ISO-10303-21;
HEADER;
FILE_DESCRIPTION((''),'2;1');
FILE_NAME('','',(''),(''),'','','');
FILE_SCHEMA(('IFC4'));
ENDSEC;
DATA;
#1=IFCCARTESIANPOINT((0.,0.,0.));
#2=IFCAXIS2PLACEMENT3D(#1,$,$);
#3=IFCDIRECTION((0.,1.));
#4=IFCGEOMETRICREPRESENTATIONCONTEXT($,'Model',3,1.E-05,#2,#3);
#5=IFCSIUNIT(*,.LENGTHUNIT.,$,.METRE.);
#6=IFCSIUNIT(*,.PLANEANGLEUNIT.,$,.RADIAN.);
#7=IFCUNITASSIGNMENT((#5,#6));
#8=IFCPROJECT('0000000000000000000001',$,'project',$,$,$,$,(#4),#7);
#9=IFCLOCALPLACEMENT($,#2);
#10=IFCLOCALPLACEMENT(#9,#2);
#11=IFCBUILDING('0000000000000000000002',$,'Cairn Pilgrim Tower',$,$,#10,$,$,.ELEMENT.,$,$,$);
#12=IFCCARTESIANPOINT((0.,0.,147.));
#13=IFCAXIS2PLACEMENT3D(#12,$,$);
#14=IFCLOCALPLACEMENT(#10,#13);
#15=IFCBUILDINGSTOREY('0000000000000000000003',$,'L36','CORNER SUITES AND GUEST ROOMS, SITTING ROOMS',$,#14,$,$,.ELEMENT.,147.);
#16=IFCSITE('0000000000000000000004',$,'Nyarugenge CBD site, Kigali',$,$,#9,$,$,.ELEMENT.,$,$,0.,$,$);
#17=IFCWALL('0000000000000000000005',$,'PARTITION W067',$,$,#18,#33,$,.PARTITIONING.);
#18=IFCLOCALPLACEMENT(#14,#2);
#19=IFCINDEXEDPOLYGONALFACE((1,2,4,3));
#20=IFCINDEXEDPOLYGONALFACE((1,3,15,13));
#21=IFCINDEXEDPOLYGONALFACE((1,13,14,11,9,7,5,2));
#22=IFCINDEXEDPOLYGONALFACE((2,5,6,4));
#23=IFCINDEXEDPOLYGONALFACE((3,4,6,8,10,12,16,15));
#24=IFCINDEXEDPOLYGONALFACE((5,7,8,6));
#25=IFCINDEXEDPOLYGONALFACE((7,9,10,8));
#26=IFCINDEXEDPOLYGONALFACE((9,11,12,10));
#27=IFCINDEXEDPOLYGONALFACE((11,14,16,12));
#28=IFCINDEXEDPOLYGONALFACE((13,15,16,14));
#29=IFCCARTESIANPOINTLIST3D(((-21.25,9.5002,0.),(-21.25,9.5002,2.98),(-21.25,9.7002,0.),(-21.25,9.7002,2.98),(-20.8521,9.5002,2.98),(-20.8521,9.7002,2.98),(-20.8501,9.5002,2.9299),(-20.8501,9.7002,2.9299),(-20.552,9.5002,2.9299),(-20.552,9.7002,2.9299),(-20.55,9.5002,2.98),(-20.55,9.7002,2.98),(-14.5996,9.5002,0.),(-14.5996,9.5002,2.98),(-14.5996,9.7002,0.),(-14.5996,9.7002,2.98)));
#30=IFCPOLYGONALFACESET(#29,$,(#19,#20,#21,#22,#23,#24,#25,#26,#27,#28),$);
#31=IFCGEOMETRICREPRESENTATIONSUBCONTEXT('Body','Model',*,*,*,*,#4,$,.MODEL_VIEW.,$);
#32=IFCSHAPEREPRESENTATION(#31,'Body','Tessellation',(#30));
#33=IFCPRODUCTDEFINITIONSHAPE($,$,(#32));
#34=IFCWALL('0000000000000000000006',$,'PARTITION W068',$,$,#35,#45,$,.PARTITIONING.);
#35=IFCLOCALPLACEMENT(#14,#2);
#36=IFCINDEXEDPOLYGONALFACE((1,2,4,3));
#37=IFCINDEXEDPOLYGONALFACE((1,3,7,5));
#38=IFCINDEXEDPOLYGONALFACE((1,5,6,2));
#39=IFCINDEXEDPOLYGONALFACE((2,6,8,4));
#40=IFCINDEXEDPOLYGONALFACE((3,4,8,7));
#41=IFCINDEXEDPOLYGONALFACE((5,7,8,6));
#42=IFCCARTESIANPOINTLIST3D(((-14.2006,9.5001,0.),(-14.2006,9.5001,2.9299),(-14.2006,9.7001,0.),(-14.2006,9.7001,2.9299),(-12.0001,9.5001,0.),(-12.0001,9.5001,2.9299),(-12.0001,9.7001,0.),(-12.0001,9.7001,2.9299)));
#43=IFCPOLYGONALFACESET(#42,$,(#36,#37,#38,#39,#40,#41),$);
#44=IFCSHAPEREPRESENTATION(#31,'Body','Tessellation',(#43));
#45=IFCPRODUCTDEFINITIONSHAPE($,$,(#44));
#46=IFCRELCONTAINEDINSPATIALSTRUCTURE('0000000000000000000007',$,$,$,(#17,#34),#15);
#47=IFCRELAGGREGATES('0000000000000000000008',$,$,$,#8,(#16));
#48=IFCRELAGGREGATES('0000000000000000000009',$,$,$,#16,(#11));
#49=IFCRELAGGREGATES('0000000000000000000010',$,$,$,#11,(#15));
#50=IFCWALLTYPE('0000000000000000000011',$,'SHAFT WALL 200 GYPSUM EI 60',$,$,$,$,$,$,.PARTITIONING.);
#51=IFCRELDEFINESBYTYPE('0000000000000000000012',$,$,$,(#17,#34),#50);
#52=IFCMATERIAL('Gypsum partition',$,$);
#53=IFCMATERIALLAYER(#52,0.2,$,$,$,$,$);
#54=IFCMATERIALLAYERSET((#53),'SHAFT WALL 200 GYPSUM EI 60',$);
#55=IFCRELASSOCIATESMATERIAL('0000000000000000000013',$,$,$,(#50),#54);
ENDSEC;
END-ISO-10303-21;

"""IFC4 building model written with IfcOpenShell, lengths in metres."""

from ifc_helpers import new_model, si_unit, direction, frame, frame_2d, origin, place, context, subcontext, project, spatial, polyline, rectangle, outline, extrude, material, layer, layer_set, type_object, element, save


model = new_model("IFC4")

# Units and contexts
model_context = context("Model", 3, precision=1e-05, world=origin(), true_north=direction((0.0, 1.0)))
body_context = subcontext(model_context, "Body", "Model", "MODEL_VIEW")
ifc_project = project(units=[si_unit("LENGTHUNIT", "METRE"), si_unit("PLANEANGLEUNIT", "RADIAN")], contexts=[model_context])

# Site, building, storey
site_placement = place(None, origin())
site = spatial("IfcSite", under=ifc_project, at=site_placement, Name="Nyarugenge CBD site, Kigali", CompositionType="ELEMENT", RefElevation=0.0)
building_placement = place(site_placement, origin())
building = spatial("IfcBuilding", under=site, at=building_placement, Name="Cairn Pilgrim Tower", CompositionType="ELEMENT")
storey_placement = place(building_placement, frame((0.0, 0.0, 147.0)))
storey = spatial("IfcBuildingStorey", under=building, at=storey_placement, Name="L36", Description="CORNER SUITES AND GUEST ROOMS, SITTING ROOMS", CompositionType="ELEMENT", Elevation=147.0)

# Shared definitions
ifc_material_1 = material(Name="Gypsum partition")

# Walls
ifc_layer_1 = layer(ifc_material_1, 0.2)
ifc_layer_set_1 = layer_set([ifc_layer_1], Name="SHAFT WALL 200 GYPSUM EI 60")
wall_type_1 = type_object("IfcWallType", Name="SHAFT WALL 200 GYPSUM EI 60", PredefinedType="PARTITIONING", material=ifc_layer_set_1)
wall_1_placement = place(storey_placement, frame((-21.25, 9.6001, 0.0), z_axis=(0.0, 0.0, 1.0), x_axis=(1.0, 0.0, 0.0)))
element("IfcWall", 1, at=wall_1_placement, inside=storey, type_object=wall_type_1, Name="PARTITION W067", PredefinedType="PARTITIONING", context=body_context, shape_type="SweptSolid", body=[
    extrude(outline(polyline([(0.0, 0.0), (6.6504, 0.0), (6.6504, 2.98), (0.7, 2.98), (0.698, 2.9299), (0.3999, 2.9299), (0.3979, 2.98), (0.0, 2.98), (0.0, 0.0)])), frame((0.0, 0.1001, 0.0), z_axis=(0.0, -1.0, 0.0), x_axis=(1.0, 0.0, 0.0)), (0.0, 0.0, 1.0), 0.2),
])
wall_2_placement = place(storey_placement, frame((-14.2004, 9.6001, 0.0), z_axis=(0.0, 0.0, 1.0), x_axis=(1.0, 0.0, 0.0)))
element("IfcWall", 2, at=wall_2_placement, inside=storey, type_object=wall_type_1, Name="PARTITION W068", PredefinedType="PARTITIONING", context=body_context, shape_type="SweptSolid", body=[
    extrude(rectangle(XDim=2.2004, YDim=0.2, at=frame_2d((1.1001, 0.0))), origin(), (0.0, 0.0, 1.0), 2.9299),
])

save(model, "model.ifc")
